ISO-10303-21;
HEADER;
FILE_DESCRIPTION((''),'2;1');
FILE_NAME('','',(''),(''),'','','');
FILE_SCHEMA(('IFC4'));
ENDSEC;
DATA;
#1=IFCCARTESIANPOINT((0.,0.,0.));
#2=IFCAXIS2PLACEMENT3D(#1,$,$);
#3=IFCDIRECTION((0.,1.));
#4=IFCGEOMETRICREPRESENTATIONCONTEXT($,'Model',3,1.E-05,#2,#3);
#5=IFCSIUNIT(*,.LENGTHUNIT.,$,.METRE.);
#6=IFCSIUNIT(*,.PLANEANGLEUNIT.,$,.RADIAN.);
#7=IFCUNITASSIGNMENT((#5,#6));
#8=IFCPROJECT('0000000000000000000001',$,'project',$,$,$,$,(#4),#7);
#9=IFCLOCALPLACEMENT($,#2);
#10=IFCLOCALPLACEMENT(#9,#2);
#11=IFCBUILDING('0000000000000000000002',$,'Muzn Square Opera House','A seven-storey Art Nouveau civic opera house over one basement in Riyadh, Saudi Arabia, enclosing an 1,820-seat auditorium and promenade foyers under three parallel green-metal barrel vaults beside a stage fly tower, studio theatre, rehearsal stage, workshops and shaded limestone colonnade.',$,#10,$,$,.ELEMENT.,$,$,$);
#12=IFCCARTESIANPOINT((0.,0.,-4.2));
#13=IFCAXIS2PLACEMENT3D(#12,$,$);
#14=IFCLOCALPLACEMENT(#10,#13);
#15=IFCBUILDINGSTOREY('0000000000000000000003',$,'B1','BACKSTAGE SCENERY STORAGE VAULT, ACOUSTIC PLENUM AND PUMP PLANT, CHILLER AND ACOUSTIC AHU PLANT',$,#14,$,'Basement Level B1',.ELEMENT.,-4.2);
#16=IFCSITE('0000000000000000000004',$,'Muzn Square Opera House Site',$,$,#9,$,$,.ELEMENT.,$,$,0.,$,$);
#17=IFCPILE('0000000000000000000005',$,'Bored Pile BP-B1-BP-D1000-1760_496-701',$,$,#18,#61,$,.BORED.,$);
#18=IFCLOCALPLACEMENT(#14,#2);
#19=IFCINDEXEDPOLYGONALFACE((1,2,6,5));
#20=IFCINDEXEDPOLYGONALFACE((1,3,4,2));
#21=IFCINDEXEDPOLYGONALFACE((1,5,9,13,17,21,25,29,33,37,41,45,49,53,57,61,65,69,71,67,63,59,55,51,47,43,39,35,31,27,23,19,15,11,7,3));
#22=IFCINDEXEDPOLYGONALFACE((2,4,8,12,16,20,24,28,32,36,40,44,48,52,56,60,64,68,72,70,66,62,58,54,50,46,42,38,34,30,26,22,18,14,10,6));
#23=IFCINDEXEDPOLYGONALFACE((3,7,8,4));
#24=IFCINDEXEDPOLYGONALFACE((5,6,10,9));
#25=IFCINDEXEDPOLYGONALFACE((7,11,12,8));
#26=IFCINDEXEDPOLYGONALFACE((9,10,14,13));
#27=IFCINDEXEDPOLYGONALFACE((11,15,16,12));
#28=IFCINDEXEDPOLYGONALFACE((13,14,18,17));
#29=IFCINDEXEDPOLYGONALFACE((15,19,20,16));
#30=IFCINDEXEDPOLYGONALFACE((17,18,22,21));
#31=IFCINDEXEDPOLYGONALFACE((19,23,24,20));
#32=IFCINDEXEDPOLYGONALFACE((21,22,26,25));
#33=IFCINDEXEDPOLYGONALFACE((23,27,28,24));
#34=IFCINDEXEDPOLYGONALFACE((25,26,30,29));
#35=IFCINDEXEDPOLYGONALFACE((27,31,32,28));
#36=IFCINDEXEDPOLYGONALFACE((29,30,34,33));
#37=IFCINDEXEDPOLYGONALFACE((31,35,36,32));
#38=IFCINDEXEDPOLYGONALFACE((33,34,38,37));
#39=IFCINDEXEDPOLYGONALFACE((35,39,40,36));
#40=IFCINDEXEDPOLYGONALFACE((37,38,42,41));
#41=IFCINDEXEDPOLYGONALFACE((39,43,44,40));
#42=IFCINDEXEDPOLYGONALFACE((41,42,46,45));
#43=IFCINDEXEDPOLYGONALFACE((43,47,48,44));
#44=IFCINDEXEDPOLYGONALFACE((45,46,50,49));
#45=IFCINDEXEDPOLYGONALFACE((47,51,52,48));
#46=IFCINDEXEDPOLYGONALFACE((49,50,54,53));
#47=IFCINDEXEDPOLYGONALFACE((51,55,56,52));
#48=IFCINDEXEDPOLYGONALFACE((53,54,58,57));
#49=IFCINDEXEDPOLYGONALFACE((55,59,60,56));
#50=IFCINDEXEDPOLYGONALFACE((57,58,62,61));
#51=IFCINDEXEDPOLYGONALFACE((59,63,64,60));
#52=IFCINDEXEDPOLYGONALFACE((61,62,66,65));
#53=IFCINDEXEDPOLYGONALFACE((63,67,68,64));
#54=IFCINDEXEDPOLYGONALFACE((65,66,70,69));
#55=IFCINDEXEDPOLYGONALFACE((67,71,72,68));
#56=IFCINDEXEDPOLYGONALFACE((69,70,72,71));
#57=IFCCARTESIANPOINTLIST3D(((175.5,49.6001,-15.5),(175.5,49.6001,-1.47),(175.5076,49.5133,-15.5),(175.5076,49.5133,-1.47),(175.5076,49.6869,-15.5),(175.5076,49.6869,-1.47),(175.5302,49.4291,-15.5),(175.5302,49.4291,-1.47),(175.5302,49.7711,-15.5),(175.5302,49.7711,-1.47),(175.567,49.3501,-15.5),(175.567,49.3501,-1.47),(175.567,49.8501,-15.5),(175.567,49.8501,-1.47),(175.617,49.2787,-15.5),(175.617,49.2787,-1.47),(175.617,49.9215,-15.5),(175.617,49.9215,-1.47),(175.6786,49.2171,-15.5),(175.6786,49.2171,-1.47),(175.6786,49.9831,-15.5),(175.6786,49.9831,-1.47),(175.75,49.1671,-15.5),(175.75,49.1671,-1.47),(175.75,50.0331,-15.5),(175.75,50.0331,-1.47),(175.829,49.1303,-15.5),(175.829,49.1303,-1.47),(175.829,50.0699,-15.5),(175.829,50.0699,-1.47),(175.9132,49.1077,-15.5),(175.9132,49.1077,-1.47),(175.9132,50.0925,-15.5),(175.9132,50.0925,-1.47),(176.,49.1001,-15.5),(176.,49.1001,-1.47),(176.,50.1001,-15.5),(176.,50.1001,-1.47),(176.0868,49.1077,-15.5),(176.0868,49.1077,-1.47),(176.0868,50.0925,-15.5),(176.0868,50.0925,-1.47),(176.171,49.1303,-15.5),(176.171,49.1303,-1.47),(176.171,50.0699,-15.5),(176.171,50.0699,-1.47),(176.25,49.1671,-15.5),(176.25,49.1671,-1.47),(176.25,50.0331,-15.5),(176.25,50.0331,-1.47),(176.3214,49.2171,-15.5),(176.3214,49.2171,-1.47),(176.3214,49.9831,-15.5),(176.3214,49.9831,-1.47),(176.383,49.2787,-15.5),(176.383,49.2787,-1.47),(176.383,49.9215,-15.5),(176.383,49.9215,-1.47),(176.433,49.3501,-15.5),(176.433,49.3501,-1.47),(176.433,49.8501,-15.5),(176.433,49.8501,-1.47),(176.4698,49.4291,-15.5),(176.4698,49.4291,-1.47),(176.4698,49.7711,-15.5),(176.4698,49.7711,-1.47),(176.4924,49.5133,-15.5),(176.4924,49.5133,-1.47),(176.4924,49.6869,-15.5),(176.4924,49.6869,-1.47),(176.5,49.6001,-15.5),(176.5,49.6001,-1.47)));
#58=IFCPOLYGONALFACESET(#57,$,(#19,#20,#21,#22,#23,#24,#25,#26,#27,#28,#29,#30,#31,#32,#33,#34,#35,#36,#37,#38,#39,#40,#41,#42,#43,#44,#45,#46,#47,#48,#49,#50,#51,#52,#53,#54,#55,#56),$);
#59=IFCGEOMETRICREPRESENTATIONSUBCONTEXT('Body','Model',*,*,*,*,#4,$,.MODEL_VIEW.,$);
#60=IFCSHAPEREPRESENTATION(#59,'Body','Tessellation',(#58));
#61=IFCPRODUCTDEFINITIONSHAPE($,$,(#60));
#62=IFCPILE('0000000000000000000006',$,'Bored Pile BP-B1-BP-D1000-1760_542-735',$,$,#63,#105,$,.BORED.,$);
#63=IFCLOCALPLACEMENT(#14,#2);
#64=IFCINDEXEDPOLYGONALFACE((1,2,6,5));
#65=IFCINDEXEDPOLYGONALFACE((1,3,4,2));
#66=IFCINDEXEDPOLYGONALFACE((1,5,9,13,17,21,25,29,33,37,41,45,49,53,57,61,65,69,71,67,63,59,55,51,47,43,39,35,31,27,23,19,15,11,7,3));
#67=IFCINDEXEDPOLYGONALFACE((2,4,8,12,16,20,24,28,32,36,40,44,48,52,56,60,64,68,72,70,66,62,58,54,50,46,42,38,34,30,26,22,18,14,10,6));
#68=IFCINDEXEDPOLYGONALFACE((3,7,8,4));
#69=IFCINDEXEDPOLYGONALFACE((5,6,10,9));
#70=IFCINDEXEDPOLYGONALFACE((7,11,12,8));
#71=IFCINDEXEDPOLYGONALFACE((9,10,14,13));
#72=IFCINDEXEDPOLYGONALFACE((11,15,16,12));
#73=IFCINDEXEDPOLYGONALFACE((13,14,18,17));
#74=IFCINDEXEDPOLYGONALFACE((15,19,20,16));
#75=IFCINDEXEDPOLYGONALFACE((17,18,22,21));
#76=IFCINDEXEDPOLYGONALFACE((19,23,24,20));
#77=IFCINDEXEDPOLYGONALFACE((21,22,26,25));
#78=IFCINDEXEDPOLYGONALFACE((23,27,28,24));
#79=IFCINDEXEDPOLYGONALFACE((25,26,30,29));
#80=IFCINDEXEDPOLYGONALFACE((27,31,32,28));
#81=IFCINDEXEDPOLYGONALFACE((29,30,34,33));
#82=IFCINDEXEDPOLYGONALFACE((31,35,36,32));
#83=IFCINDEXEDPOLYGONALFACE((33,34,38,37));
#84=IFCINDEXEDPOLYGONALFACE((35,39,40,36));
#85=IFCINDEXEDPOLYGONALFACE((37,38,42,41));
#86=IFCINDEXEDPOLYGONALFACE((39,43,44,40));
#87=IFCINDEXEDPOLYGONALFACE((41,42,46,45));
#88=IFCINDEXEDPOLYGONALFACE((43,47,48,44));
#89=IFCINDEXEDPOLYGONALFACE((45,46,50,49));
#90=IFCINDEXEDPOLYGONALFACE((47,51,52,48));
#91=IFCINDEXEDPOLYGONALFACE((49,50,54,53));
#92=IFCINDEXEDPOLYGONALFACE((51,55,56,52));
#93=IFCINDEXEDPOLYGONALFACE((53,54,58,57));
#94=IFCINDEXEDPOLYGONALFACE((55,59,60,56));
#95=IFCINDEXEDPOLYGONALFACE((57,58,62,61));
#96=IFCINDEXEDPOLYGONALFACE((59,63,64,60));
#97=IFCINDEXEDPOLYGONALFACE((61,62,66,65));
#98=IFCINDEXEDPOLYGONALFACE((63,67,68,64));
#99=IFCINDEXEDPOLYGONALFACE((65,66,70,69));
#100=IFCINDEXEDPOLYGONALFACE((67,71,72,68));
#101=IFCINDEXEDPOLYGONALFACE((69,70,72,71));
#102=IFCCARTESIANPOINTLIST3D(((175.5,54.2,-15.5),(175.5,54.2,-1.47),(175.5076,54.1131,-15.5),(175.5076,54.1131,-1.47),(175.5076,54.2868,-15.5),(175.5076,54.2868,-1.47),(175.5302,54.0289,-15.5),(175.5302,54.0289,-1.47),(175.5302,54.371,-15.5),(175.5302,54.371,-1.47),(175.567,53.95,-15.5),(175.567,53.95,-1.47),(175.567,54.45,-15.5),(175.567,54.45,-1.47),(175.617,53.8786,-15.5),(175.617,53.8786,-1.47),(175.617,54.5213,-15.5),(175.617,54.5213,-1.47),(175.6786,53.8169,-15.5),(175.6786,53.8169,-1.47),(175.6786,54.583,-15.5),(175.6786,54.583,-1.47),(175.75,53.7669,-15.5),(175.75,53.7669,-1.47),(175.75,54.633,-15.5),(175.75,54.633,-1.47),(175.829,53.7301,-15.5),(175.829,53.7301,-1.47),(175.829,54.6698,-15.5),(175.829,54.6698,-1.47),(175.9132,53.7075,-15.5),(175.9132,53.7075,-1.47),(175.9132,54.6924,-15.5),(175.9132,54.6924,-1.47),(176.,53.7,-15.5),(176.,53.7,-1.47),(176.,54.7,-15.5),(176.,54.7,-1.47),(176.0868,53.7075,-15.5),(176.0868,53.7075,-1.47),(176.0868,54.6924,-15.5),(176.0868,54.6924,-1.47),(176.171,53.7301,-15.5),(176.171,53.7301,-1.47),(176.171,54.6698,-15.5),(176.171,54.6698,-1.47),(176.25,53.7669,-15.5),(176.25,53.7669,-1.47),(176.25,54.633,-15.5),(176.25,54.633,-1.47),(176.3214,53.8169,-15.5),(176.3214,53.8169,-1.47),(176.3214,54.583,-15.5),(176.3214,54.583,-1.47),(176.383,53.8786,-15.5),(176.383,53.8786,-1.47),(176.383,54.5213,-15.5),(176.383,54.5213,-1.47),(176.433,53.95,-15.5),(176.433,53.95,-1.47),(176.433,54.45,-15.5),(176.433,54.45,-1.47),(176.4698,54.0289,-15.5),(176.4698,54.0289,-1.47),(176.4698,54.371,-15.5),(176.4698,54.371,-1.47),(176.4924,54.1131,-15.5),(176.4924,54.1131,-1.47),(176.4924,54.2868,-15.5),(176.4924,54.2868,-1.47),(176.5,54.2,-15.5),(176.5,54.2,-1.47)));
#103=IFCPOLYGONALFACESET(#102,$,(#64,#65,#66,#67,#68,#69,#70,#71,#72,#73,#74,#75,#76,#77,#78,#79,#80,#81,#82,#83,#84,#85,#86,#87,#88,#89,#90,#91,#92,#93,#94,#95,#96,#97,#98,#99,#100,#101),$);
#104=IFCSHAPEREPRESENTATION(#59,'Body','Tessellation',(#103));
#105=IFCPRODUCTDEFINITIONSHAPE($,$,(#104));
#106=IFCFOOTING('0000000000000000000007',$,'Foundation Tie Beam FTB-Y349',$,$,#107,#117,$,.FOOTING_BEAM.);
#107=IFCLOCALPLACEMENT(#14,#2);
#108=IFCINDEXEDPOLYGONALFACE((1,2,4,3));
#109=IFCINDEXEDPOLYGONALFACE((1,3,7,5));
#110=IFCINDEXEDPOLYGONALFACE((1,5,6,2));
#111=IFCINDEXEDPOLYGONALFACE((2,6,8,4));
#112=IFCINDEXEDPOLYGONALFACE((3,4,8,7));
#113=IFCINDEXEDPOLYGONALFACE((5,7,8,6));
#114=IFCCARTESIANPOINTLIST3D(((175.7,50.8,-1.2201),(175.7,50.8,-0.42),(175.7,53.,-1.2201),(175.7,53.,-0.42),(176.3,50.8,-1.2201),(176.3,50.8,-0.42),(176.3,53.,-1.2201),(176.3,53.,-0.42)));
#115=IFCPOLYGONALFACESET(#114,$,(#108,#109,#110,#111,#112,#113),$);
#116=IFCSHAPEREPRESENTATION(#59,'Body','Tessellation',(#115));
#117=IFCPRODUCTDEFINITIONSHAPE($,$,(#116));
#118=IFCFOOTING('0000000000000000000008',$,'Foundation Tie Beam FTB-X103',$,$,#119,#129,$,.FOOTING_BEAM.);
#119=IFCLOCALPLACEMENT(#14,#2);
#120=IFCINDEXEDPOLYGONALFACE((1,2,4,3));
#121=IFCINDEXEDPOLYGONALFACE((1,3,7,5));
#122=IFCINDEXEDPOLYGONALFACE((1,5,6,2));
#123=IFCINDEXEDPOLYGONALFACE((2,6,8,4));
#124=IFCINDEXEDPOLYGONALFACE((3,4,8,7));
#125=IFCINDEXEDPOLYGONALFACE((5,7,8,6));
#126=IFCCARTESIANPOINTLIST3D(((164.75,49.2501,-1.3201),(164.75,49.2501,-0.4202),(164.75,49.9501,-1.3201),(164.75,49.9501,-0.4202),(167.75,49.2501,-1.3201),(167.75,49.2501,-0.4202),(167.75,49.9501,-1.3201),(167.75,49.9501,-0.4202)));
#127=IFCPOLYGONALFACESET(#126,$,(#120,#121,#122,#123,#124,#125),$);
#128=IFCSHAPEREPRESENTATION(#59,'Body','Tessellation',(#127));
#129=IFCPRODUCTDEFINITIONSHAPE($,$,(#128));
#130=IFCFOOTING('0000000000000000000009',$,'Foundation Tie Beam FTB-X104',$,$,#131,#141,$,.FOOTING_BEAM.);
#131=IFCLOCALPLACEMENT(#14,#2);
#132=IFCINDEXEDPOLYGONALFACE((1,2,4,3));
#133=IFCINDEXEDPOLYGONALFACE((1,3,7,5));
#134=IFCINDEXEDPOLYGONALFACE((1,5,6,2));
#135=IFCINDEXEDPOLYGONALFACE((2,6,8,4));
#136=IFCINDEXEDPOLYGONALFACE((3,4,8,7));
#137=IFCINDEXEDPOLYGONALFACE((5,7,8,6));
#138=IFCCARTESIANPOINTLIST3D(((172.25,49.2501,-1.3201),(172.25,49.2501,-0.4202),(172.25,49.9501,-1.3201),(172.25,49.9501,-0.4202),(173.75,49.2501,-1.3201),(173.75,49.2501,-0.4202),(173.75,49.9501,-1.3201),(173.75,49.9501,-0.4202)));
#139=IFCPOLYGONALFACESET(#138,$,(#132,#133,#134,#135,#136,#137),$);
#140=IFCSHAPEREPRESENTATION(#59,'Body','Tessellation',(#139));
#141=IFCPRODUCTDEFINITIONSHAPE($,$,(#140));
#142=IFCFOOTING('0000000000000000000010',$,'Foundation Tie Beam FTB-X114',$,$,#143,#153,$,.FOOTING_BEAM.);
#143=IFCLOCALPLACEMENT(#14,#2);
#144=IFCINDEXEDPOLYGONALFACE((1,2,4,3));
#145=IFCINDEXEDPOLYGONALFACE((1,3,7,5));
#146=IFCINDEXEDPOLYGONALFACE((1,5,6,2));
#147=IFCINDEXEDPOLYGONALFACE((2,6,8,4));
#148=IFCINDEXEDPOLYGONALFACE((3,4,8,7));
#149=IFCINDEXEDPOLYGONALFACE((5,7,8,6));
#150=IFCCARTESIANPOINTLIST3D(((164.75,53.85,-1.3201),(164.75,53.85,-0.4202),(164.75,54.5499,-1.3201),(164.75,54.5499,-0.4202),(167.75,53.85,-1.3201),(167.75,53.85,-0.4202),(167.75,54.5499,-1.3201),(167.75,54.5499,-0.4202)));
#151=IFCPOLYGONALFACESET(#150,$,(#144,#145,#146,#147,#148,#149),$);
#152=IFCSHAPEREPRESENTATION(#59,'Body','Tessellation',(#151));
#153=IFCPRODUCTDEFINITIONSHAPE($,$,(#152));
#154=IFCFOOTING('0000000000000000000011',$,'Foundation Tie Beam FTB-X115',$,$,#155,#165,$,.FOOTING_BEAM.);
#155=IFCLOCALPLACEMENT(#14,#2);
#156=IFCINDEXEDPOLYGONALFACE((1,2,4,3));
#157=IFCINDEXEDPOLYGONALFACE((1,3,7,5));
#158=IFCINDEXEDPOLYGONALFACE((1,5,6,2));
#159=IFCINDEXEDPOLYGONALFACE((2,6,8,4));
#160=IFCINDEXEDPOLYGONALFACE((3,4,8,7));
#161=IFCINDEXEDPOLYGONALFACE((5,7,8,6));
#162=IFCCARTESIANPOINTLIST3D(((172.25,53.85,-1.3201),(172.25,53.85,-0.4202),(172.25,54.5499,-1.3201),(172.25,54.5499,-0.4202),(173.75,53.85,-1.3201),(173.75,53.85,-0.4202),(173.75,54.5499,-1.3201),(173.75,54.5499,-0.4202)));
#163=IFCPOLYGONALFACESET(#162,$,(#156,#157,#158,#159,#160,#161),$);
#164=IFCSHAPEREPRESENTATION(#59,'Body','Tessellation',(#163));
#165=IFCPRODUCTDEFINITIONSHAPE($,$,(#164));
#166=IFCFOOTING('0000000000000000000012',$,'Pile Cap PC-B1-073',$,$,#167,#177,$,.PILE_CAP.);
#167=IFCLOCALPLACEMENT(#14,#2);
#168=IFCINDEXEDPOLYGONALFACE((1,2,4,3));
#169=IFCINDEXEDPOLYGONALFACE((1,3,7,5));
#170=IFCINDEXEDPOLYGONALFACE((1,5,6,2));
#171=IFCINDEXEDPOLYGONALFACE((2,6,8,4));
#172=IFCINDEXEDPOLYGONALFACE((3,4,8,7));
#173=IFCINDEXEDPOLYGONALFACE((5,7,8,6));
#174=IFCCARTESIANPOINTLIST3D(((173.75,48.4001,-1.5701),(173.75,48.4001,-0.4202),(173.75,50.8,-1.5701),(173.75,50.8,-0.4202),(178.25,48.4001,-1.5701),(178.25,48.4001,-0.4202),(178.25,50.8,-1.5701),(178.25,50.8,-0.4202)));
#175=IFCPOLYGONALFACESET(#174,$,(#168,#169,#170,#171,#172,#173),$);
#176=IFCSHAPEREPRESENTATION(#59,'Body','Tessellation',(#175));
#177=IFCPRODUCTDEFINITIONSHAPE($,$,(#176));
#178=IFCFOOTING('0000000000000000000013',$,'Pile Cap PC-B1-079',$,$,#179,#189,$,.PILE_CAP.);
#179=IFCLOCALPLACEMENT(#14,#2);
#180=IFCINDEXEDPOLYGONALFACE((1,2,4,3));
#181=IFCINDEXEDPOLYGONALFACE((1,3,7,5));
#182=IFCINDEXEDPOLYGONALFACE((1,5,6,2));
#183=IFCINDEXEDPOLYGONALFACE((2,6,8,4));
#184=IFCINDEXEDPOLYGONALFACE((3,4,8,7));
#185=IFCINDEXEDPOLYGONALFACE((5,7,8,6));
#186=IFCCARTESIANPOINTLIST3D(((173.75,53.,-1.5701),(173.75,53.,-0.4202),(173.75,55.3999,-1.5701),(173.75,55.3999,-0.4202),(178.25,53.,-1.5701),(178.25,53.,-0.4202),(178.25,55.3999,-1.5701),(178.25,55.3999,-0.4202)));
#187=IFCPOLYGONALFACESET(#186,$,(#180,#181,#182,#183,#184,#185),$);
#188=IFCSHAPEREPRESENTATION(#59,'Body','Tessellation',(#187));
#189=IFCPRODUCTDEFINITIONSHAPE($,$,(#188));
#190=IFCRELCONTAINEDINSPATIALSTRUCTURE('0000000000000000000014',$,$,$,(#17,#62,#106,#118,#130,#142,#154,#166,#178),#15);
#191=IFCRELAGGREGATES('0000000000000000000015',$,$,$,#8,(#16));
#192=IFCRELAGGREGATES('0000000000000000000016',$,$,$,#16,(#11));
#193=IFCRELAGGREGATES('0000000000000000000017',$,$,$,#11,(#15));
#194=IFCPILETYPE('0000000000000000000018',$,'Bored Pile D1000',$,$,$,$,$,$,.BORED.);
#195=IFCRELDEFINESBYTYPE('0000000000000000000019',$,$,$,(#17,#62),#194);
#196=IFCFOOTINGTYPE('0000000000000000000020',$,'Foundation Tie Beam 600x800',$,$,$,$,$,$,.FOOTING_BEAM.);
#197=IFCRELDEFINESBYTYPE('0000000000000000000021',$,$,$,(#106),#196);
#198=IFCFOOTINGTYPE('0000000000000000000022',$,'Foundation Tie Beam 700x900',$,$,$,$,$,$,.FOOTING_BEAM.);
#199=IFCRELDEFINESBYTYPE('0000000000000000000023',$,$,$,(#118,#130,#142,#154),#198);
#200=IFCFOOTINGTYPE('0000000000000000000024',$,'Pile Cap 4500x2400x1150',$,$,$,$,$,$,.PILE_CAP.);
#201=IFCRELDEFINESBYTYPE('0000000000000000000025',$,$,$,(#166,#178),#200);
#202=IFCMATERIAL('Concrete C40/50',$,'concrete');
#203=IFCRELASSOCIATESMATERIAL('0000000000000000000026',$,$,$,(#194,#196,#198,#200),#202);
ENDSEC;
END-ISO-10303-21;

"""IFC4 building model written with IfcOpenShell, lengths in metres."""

from ifc_helpers import new_model, si_unit, direction, frame, origin, origin_2d, place, context, subcontext, project, spatial, rectangle, circle, extrude, material, material_profile, profile_set, type_object, element, save


model = new_model("IFC4")

# Units and contexts
model_context = context("Model", 3, precision=1e-05, world=origin(), true_north=direction((0.0, 1.0)))
body_context = subcontext(model_context, "Body", "Model", "MODEL_VIEW")
ifc_project = project(units=[si_unit("LENGTHUNIT", "METRE"), si_unit("PLANEANGLEUNIT", "RADIAN")], contexts=[model_context])

# Site, building, storey
site_placement = place(None, origin())
site = spatial("IfcSite", under=ifc_project, at=site_placement, Name="Muzn Square Opera House Site", CompositionType="ELEMENT", RefElevation=0.0)
building_placement = place(site_placement, origin())
building = spatial("IfcBuilding", under=site, at=building_placement, Name="Muzn Square Opera House", Description="A seven-storey Art Nouveau civic opera house over one basement in Riyadh, Saudi Arabia, enclosing an 1,820-seat auditorium and promenade foyers under three parallel green-metal barrel vaults beside a stage fly tower, studio theatre, rehearsal stage, workshops and shaded limestone colonnade.", CompositionType="ELEMENT")
storey_placement = place(building_placement, frame((0.0, 0.0, -4.2)))
storey = spatial("IfcBuildingStorey", under=building, at=storey_placement, Name="B1", Description="BACKSTAGE SCENERY STORAGE VAULT, ACOUSTIC PLENUM AND PUMP PLANT, CHILLER AND ACOUSTIC AHU PLANT", LongName="Basement Level B1", CompositionType="ELEMENT", Elevation=-4.2)

# Piles
ifc_material_1 = material(Name="Concrete C40/50", Category="concrete")
ifc_material_profile_1 = material_profile(ifc_material_1, circle(Radius=0.5, at=origin_2d()), Name="BORED PILE D1000", Category="concrete")
ifc_profile_set_1 = profile_set([ifc_material_profile_1], Name="Concrete C40/50")
pile_type = type_object("IfcPileType", Name="Bored Pile D1000", PredefinedType="BORED", material=ifc_profile_set_1)
for number, where, z_axis, x_axis, name in (
    (1, (176.0, 49.6001, -1.47), (0.0, 0.0, -1.0), (1.0, 0.0, 0.0), "Bored Pile BP-B1-BP-D1000-1760_496-701"),
    (2, (176.0, 54.2, -1.47), (0.0, 0.0, -1.0), (1.0, 0.0, 0.0), "Bored Pile BP-B1-BP-D1000-1760_542-735"),
):
    element("IfcPile", number, at=place(storey_placement, frame(where, z_axis=z_axis, x_axis=x_axis)), inside=storey, type_object=pile_type, Name=name, PredefinedType="BORED", context=body_context, shape_type="SweptSolid", body=[
        extrude(circle(Radius=0.5, at=origin_2d()), origin(), (0.0, 0.0, 1.0), 14.03),
    ])

# Footings
ifc_material_profile_2 = material_profile(ifc_material_1, rectangle(XDim=0.6001, YDim=0.8, at=origin_2d()), Name="RCTB 600x800", Category="concrete")
ifc_profile_set_2 = profile_set([ifc_material_profile_2], Name="Concrete C40/50")
footing_type_1 = type_object("IfcFootingType", Name="Foundation Tie Beam 600x800", PredefinedType="FOOTING_BEAM", material=ifc_profile_set_2)
footing_1_placement = place(storey_placement, frame((176.0, 50.8, -0.8201), z_axis=(0.0, 1.0, 0.0), x_axis=(-1.0, 0.0, 0.0)))
element("IfcFooting", 3, at=footing_1_placement, inside=storey, type_object=footing_type_1, Name="Foundation Tie Beam FTB-Y349", PredefinedType="FOOTING_BEAM", context=body_context, shape_type="SweptSolid", body=[
    extrude(rectangle(XDim=0.6001, YDim=0.8, at=origin_2d()), origin(), (0.0, 0.0, 1.0), 2.2),
])
ifc_material_profile_3 = material_profile(ifc_material_1, rectangle(XDim=0.7, YDim=0.8999, at=origin_2d()), Name="RCTB 700x900", Category="concrete")
ifc_profile_set_3 = profile_set([ifc_material_profile_3], Name="Concrete C40/50")
footing_type_2 = type_object("IfcFootingType", Name="Foundation Tie Beam 700x900", PredefinedType="FOOTING_BEAM", material=ifc_profile_set_3)
footing_2_placement = place(storey_placement, frame((164.75, 49.6001, -0.8701), z_axis=(1.0, 0.0, 0.0), x_axis=(0.0, 1.0, 0.0)))
element("IfcFooting", 4, at=footing_2_placement, inside=storey, type_object=footing_type_2, Name="Foundation Tie Beam FTB-X103", PredefinedType="FOOTING_BEAM", context=body_context, shape_type="SweptSolid", body=[
    extrude(rectangle(XDim=0.7, YDim=0.8999, at=origin_2d()), origin(), (0.0, 0.0, 1.0), 3.0),
])
footing_3_placement = place(storey_placement, frame((172.25, 49.6001, -0.8701), z_axis=(1.0, 0.0, 0.0), x_axis=(0.0, 1.0, 0.0)))
element("IfcFooting", 5, at=footing_3_placement, inside=storey, type_object=footing_type_2, Name="Foundation Tie Beam FTB-X104", PredefinedType="FOOTING_BEAM", context=body_context, shape_type="SweptSolid", body=[
    extrude(rectangle(XDim=0.7, YDim=0.8999, at=origin_2d()), origin(), (0.0, 0.0, 1.0), 1.5),
])
footing_4_placement = place(storey_placement, frame((164.75, 54.2, -0.8701), z_axis=(1.0, 0.0, 0.0), x_axis=(0.0, 1.0, 0.0)))
element("IfcFooting", 6, at=footing_4_placement, inside=storey, type_object=footing_type_2, Name="Foundation Tie Beam FTB-X114", PredefinedType="FOOTING_BEAM", context=body_context, shape_type="SweptSolid", body=[
    extrude(rectangle(XDim=0.7, YDim=0.8999, at=origin_2d()), origin(), (0.0, 0.0, 1.0), 3.0),
])
footing_5_placement = place(storey_placement, frame((172.25, 54.2, -0.8701), z_axis=(1.0, 0.0, 0.0), x_axis=(0.0, 1.0, 0.0)))
element("IfcFooting", 7, at=footing_5_placement, inside=storey, type_object=footing_type_2, Name="Foundation Tie Beam FTB-X115", PredefinedType="FOOTING_BEAM", context=body_context, shape_type="SweptSolid", body=[
    extrude(rectangle(XDim=0.7, YDim=0.8999, at=origin_2d()), origin(), (0.0, 0.0, 1.0), 1.5),
])
footing_type_3 = type_object("IfcFootingType", Name="Pile Cap 4500x2400x1150", PredefinedType="PILE_CAP", material=ifc_material_1)
for number, where, z_axis, x_axis, name in (
    (8, (176.0, 49.6001, -1.5701), (0.0, 0.0, 1.0), (1.0, 0.0, 0.0), "Pile Cap PC-B1-073"),
    (9, (176.0, 54.2, -1.5701), (0.0, 0.0, 1.0), (1.0, 0.0, 0.0), "Pile Cap PC-B1-079"),
):
    element("IfcFooting", number, at=place(storey_placement, frame(where, z_axis=z_axis, x_axis=x_axis)), inside=storey, type_object=footing_type_3, Name=name, PredefinedType="PILE_CAP", context=body_context, shape_type="SweptSolid", body=[
        extrude(rectangle(XDim=4.5, YDim=2.3999, at=origin_2d()), origin(), (0.0, 0.0, 1.0), 1.1499),
    ])

save(model, "model.ifc")
